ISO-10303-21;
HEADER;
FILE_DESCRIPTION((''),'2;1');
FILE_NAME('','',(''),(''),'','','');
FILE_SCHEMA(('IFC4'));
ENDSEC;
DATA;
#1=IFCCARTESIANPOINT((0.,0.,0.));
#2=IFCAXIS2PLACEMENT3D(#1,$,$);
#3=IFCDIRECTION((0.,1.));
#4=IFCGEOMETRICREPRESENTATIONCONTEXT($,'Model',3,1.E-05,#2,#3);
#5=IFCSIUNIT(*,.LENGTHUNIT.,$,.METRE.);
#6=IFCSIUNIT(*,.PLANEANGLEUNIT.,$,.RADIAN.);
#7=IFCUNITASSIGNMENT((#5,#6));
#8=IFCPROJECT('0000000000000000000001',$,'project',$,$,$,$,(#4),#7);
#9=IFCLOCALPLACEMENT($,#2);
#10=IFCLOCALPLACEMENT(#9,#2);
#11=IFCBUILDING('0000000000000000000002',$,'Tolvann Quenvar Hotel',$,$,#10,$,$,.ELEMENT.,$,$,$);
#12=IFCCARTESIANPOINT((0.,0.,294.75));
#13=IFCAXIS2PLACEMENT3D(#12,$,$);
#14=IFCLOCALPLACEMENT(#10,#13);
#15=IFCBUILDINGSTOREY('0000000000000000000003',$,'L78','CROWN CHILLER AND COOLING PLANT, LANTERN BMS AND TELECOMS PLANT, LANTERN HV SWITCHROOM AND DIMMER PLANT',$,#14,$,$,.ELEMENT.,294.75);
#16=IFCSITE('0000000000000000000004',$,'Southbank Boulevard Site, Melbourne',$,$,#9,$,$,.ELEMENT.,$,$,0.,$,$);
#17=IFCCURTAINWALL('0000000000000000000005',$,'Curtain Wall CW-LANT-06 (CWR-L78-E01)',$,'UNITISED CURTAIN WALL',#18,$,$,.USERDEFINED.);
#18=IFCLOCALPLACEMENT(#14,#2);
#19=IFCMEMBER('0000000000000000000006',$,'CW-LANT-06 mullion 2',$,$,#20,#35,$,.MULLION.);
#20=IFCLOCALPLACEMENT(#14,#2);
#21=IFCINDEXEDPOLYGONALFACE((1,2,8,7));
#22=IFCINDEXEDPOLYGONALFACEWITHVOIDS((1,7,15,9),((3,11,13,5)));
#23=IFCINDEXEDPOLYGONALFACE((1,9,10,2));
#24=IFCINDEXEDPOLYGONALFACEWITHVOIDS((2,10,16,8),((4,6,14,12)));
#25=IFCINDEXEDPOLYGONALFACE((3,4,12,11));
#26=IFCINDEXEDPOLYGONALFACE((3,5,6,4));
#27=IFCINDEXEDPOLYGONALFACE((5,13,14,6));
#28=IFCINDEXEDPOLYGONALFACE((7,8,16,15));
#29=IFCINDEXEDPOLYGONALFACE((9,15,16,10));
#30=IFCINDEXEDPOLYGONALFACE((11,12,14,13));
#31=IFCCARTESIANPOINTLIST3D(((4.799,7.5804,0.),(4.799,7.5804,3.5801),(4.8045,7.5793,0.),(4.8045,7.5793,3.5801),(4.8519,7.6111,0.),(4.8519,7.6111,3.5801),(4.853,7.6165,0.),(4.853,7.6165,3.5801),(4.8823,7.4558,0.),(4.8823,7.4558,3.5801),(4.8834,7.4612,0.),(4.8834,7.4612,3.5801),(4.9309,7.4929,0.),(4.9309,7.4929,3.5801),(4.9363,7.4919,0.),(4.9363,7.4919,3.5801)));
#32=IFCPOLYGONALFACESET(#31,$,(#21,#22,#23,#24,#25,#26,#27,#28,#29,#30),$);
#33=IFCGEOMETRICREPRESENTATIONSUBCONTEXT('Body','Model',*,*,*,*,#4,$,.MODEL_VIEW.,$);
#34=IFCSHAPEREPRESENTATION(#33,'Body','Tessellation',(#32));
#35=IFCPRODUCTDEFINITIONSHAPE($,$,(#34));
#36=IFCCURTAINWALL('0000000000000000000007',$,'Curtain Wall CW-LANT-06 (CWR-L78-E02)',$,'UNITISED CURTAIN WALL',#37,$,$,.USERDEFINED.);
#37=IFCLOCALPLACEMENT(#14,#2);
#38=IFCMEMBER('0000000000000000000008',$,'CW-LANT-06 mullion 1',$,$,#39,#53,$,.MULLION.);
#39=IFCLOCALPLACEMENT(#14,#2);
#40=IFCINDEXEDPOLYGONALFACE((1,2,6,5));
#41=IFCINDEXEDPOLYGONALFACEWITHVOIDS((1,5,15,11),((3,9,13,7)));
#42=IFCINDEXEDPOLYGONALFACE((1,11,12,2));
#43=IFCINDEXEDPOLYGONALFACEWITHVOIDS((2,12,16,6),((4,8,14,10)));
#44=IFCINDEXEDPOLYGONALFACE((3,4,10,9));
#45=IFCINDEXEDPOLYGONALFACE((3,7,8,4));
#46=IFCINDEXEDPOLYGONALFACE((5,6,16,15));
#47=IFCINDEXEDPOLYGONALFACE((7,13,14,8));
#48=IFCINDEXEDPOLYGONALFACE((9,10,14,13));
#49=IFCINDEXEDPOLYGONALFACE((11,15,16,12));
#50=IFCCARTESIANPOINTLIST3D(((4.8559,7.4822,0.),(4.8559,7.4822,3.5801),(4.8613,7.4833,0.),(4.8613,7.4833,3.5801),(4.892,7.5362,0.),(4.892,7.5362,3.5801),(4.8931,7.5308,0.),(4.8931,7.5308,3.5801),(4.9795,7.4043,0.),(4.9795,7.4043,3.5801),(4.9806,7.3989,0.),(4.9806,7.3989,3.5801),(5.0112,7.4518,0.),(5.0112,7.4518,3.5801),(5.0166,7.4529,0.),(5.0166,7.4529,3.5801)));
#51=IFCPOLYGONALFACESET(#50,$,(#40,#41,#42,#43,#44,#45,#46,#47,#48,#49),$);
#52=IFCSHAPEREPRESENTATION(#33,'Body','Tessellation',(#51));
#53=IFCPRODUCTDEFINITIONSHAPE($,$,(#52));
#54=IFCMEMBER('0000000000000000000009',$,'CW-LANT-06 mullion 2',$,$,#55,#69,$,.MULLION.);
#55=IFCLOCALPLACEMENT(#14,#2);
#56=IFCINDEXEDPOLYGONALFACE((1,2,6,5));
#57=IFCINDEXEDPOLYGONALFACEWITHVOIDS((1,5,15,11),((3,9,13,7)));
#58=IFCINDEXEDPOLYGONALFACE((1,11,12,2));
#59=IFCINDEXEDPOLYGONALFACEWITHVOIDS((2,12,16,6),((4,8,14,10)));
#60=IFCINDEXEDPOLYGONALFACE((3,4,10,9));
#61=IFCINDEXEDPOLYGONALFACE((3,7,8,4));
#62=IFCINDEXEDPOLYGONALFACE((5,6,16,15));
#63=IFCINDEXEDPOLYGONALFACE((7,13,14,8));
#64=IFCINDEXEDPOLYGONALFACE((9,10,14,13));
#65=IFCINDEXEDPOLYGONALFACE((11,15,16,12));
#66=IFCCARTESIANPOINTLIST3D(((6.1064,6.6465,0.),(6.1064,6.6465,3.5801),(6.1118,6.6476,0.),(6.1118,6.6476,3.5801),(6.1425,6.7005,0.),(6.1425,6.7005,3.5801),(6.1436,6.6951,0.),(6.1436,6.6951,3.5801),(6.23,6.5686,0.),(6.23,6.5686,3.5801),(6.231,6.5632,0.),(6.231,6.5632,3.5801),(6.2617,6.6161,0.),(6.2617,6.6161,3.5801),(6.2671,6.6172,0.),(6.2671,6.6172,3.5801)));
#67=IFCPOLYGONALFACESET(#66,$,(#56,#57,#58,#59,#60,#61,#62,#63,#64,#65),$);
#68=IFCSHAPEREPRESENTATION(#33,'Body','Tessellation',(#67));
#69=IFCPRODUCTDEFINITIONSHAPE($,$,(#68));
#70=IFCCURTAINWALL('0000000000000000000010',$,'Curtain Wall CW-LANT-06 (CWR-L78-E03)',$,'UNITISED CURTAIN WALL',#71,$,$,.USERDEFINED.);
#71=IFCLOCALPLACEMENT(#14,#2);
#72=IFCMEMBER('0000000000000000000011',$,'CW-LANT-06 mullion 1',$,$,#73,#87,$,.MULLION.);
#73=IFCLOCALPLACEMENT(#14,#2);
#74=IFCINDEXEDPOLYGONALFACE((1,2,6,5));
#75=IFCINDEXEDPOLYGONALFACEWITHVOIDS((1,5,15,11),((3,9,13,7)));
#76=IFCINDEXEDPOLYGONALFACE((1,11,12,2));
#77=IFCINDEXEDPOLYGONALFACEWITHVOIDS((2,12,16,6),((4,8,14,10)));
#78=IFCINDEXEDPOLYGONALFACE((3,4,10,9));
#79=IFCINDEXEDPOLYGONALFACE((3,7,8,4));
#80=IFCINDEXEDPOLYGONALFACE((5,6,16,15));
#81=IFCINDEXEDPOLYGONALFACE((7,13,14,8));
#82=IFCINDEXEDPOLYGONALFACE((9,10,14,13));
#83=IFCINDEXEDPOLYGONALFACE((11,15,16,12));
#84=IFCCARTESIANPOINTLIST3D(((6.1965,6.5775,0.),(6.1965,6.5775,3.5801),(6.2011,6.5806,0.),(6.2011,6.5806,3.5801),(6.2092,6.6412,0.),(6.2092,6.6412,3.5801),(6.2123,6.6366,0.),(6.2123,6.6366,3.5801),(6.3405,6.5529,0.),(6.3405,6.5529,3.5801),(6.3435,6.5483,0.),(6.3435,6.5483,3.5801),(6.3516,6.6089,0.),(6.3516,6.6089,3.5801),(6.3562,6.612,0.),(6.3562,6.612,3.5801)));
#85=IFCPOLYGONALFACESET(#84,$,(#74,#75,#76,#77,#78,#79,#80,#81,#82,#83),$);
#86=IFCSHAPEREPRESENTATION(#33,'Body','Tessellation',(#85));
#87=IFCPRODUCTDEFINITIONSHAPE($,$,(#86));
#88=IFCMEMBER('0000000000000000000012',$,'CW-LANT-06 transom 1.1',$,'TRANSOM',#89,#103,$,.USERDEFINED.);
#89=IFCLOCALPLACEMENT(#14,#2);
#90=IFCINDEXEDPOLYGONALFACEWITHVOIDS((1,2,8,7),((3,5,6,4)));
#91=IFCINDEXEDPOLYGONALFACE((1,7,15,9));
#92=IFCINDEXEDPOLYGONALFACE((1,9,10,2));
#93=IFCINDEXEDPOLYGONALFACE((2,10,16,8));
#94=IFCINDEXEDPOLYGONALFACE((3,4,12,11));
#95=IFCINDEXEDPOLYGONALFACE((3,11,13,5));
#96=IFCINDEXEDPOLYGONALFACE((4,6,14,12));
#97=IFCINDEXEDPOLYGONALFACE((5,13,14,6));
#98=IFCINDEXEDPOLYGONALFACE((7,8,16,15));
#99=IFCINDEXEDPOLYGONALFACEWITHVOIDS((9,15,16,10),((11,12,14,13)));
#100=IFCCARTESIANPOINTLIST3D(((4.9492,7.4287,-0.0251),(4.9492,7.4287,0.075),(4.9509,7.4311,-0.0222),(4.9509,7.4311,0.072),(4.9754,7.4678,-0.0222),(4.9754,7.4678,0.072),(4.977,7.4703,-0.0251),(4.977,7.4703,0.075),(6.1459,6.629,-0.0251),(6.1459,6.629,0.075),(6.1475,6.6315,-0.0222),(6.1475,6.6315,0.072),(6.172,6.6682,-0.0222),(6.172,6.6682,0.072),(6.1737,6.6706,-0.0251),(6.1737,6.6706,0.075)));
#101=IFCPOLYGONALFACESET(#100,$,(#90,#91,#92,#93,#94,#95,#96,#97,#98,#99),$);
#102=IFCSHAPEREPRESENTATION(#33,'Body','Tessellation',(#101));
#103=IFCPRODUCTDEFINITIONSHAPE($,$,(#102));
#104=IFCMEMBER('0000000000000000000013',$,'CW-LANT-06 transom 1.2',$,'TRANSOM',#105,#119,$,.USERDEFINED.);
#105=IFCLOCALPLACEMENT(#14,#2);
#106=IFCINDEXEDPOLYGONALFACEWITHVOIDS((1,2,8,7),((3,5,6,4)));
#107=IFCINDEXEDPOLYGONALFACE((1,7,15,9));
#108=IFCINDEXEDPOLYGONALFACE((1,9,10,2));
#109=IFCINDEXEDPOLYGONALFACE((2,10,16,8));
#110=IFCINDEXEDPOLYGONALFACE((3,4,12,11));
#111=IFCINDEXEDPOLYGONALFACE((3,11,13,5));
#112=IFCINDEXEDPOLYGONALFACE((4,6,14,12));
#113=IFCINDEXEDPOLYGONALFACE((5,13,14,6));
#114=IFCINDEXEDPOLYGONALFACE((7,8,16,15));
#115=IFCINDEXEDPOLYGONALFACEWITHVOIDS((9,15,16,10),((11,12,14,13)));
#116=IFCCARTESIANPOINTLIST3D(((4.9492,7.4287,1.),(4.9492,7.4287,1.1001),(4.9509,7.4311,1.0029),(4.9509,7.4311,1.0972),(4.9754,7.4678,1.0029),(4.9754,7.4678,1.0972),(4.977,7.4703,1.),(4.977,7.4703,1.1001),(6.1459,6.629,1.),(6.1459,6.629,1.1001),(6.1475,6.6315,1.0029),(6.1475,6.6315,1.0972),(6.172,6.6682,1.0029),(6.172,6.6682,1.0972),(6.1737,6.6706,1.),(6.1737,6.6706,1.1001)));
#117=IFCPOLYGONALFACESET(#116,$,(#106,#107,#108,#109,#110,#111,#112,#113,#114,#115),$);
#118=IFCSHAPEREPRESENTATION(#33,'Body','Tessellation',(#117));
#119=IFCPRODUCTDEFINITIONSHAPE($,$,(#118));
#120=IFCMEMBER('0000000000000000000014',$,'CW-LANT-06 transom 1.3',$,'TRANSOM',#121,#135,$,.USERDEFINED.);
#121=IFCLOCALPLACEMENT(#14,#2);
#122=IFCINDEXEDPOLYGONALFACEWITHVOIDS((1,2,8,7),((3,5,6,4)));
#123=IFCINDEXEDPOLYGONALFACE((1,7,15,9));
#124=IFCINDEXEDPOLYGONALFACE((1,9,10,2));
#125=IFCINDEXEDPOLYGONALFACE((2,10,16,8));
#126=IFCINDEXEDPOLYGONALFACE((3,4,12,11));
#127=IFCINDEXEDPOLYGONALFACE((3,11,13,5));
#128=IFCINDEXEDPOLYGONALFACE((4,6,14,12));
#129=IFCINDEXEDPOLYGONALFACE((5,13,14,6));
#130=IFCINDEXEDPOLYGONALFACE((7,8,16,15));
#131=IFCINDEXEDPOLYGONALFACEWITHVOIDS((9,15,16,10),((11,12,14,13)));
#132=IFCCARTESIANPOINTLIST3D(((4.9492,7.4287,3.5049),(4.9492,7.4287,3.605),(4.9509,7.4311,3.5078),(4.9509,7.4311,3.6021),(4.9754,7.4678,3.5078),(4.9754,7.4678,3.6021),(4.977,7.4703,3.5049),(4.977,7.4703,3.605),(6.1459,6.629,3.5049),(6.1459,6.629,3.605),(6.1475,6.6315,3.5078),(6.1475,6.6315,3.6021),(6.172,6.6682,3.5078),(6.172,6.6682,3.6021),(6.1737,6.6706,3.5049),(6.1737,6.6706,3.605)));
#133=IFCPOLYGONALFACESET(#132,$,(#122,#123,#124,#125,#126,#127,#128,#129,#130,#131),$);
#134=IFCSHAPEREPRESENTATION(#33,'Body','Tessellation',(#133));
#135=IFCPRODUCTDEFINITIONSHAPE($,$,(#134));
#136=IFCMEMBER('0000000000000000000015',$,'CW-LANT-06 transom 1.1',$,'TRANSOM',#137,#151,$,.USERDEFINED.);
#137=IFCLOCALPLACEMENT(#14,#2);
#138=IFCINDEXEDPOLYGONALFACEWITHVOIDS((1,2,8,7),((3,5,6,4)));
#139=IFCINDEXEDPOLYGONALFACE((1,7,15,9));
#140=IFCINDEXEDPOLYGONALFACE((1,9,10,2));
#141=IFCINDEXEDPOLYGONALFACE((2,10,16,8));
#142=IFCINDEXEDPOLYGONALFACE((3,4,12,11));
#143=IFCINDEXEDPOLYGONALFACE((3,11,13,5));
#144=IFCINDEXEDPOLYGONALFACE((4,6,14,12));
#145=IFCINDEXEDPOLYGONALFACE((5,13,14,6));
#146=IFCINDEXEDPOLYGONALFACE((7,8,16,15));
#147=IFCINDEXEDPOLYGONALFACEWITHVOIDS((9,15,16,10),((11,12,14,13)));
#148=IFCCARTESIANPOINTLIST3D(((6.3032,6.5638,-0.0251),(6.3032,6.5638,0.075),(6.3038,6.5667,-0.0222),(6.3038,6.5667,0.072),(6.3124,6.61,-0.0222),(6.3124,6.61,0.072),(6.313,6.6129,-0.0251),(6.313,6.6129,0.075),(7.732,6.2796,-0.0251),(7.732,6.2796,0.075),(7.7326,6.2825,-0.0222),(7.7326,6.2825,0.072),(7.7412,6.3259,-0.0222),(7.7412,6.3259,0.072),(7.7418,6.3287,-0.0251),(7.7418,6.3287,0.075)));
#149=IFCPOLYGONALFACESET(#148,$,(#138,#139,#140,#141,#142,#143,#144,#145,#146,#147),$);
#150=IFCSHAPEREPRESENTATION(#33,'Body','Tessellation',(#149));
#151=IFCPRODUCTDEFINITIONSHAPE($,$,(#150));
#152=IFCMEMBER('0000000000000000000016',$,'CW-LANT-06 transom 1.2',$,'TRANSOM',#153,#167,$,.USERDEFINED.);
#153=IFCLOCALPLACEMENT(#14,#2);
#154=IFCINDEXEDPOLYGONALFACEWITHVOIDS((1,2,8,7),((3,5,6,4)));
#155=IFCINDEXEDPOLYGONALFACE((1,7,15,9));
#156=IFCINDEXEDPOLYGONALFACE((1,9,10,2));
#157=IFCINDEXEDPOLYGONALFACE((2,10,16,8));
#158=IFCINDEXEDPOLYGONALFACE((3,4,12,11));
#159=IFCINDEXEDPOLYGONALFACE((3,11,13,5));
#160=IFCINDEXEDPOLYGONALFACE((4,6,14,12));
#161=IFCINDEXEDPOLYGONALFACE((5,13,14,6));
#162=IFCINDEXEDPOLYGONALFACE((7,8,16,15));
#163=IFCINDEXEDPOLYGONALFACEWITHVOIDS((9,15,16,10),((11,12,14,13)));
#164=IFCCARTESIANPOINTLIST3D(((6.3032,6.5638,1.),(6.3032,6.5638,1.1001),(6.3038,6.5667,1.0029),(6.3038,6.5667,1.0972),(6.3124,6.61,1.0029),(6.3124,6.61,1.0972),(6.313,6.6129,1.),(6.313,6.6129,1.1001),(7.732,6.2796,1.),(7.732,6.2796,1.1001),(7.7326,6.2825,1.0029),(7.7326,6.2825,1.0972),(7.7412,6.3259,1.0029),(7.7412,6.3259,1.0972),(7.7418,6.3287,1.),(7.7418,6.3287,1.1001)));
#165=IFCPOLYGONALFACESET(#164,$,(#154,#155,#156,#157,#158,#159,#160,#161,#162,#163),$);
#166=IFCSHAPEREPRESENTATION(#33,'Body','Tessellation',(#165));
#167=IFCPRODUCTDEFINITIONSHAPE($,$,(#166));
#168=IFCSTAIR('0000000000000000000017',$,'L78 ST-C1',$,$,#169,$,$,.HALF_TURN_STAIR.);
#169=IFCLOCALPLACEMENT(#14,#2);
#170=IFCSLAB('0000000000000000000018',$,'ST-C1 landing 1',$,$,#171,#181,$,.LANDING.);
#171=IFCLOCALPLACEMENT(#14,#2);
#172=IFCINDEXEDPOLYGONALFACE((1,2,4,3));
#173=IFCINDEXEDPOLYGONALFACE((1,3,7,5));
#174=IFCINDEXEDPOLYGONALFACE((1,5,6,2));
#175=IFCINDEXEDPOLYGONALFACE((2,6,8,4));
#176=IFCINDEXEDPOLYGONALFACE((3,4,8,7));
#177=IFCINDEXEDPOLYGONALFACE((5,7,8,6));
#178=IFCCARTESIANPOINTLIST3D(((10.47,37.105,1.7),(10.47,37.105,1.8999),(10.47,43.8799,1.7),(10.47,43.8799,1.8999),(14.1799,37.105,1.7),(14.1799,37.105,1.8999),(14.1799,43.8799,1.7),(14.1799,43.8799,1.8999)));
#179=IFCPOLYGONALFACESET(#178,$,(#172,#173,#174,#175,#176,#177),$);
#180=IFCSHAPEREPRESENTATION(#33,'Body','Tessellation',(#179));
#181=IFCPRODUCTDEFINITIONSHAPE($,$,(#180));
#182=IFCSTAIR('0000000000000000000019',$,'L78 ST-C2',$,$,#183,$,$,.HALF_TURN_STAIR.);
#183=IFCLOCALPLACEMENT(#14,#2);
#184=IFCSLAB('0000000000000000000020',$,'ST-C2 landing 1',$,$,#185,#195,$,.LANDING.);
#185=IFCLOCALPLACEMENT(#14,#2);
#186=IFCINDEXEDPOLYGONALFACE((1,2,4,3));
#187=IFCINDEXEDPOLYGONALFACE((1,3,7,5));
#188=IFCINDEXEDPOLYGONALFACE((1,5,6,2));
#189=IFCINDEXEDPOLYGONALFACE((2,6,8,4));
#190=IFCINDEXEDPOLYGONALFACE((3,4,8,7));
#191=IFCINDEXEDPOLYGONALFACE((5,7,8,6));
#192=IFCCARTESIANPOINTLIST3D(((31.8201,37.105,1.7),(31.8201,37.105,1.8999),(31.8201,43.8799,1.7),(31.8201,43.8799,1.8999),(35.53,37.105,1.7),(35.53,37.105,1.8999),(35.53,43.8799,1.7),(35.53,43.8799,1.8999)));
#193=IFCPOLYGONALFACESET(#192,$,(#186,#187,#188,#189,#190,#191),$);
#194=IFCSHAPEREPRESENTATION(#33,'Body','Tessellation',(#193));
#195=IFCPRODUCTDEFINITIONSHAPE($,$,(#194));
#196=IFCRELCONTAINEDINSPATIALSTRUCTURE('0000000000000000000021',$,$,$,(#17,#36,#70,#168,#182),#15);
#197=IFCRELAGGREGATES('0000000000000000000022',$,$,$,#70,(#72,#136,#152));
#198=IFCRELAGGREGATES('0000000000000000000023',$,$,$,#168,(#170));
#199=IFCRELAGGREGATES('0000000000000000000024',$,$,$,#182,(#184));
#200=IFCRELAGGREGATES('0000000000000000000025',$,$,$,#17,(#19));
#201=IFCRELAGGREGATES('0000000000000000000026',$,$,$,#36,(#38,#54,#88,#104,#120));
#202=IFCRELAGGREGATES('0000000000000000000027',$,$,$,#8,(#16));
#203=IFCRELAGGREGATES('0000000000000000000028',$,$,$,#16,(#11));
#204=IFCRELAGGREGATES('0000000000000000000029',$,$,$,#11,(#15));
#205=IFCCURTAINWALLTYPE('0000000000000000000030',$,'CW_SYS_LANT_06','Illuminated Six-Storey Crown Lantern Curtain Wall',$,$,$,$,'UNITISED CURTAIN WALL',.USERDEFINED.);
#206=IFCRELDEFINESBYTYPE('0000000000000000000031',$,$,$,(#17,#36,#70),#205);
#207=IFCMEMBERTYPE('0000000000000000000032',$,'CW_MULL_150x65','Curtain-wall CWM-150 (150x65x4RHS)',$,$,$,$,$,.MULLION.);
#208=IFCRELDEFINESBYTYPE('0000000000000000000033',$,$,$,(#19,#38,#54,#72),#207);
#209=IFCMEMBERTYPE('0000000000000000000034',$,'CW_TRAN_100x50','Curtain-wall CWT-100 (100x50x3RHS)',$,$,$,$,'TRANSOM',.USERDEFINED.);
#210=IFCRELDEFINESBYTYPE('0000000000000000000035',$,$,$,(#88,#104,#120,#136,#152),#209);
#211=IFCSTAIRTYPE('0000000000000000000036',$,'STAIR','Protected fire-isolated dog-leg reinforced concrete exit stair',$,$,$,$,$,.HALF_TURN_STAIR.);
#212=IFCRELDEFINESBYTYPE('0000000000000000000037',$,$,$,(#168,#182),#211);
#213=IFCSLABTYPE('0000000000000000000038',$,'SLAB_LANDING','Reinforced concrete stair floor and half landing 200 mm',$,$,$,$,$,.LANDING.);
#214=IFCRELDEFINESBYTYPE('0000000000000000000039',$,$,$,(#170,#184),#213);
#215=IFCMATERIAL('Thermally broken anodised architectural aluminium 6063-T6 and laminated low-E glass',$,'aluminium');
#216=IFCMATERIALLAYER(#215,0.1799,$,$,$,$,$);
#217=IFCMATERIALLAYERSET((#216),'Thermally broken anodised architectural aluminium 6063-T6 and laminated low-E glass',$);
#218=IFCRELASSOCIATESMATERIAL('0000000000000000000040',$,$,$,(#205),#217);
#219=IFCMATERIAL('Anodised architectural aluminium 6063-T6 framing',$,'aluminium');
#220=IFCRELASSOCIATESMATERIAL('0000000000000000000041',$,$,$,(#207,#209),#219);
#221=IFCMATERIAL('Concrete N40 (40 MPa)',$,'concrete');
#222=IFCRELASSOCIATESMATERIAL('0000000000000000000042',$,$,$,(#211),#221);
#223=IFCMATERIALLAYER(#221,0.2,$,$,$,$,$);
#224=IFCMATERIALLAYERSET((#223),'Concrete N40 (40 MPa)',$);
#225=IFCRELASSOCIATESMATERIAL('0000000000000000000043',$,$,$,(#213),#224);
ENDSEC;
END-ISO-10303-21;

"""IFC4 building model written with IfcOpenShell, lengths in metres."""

from ifc_helpers import new_model, si_unit, direction, frame, origin, origin_2d, place, context, subcontext, project, spatial, polyline, hollow_rectangle, outline, extrude, source, transform, mapped, material, layer, layer_set, material_profile, profile_set, type_object, type_shapes, element, aggregate, save


model = new_model("IFC4")

# Units and contexts
model_context = context("Model", 3, precision=1e-05, world=origin(), true_north=direction((0.0, 1.0)))
body_context = subcontext(model_context, "Body", "Model", "MODEL_VIEW")
ifc_project = project(units=[si_unit("LENGTHUNIT", "METRE"), si_unit("PLANEANGLEUNIT", "RADIAN")], contexts=[model_context])

# Site, building, storey
site_placement = place(None, origin())
site = spatial("IfcSite", under=ifc_project, at=site_placement, Name="Southbank Boulevard Site, Melbourne", CompositionType="ELEMENT", RefElevation=0.0)
building_placement = place(site_placement, origin())
building = spatial("IfcBuilding", under=site, at=building_placement, Name="Tolvann Quenvar Hotel", CompositionType="ELEMENT")
storey_placement = place(building_placement, frame((0.0, 0.0, 294.75)))
storey = spatial("IfcBuildingStorey", under=building, at=storey_placement, Name="L78", Description="CROWN CHILLER AND COOLING PLANT, LANTERN BMS AND TELECOMS PLANT, LANTERN HV SWITCHROOM AND DIMMER PLANT", CompositionType="ELEMENT", Elevation=294.75)

# Curtain wall, member
ifc_material_1 = material(Name="Thermally broken anodised architectural aluminium 6063-T6 and laminated low-E glass", Category="aluminium")
ifc_layer_1 = layer(ifc_material_1, 0.1799)
ifc_layer_set_1 = layer_set([ifc_layer_1], Name="Thermally broken anodised architectural aluminium 6063-T6 and laminated low-E glass")
curtain_wall_type = type_object("IfcCurtainWallType", Name="CW_SYS_LANT_06", Description="Illuminated Six-Storey Crown Lantern Curtain Wall", ElementType="UNITISED CURTAIN WALL", PredefinedType="USERDEFINED", material=ifc_layer_set_1)
curtain_wall_1_placement = place(storey_placement, origin())
curtain_wall_1 = element("IfcCurtainWall", 1, at=curtain_wall_1_placement, inside=storey, type_object=curtain_wall_type, Name="Curtain Wall CW-LANT-06 (CWR-L78-E01)", ObjectType="UNITISED CURTAIN WALL", PredefinedType="USERDEFINED")
ifc_material_2 = material(Name="Anodised architectural aluminium 6063-T6 framing", Category="aluminium")
ifc_material_profile_1 = material_profile(ifc_material_2, hollow_rectangle(XDim=0.0649, YDim=0.1499, WallThickness=0.0039, at=origin_2d()), Name="150x65x4RHS")
ifc_profile_set_1 = profile_set([ifc_material_profile_1], Name="Anodised architectural aluminium 6063-T6 framing")
member_type_1 = type_object("IfcMemberType", Name="CW_MULL_150x65", Description="Curtain-wall CWM-150 (150x65x4RHS)", PredefinedType="MULLION", material=ifc_profile_set_1)
shared_shape_1 = source(origin(), body_context, "Body", "SweptSolid", [
    extrude(hollow_rectangle(XDim=0.0649, YDim=0.1499, WallThickness=0.0039, at=origin_2d()), origin(), (0.0, 0.0, 1.0), 3.5801),
])
type_shapes(member_type_1, [shared_shape_1])
member_1_placement = place(storey_placement, frame((4.8677, 7.5361, 0.0), z_axis=(0.0, 0.0, 1.0), x_axis=(0.831412, 0.555656, 0.0)))
member_1 = element("IfcMember", 2, at=member_1_placement, type_object=member_type_1, Name="CW-LANT-06 mullion 2", PredefinedType="MULLION", context=body_context, shape_type="MappedRepresentation", body=[
    mapped(shared_shape_1, transform((0.0, 0.0, 0.0), x_axis=(1.0, 0.0, 0.0), y_axis=(0.0, 1.0, 0.0), z_axis=(0.0, 0.0, 1.0), scale=1.0)),
])

# Curtain wall, members
curtain_wall_2_placement = place(storey_placement, origin())
curtain_wall_2 = element("IfcCurtainWall", 3, at=curtain_wall_2_placement, inside=storey, type_object=curtain_wall_type, Name="Curtain Wall CW-LANT-06 (CWR-L78-E02)", ObjectType="UNITISED CURTAIN WALL", PredefinedType="USERDEFINED")
member_2_placement = place(storey_placement, frame((4.9363, 7.4675, 0.0), z_axis=(0.0, 0.0, 1.0), x_axis=(0.555656, 0.831412, 0.0)))
member_2 = element("IfcMember", 4, at=member_2_placement, type_object=member_type_1, Name="CW-LANT-06 mullion 1", PredefinedType="MULLION", context=body_context, shape_type="MappedRepresentation", body=[
    mapped(shared_shape_1, transform((0.0, 0.0, 0.0), x_axis=(1.0, 0.0, 0.0), y_axis=(0.0, 1.0, 0.0), z_axis=(0.0, 0.0, 1.0), scale=1.0)),
])
member_3_placement = place(storey_placement, frame((6.1868, 6.6318, 0.0), z_axis=(0.0, 0.0, 1.0), x_axis=(0.555656, 0.831412, 0.0)))
member_3 = element("IfcMember", 5, at=member_3_placement, type_object=member_type_1, Name="CW-LANT-06 mullion 2", PredefinedType="MULLION", context=body_context, shape_type="MappedRepresentation", body=[
    mapped(shared_shape_1, transform((0.0, 0.0, 0.0), x_axis=(1.0, 0.0, 0.0), y_axis=(0.0, 1.0, 0.0), z_axis=(0.0, 0.0, 1.0), scale=1.0)),
])

# Curtain wall, member
curtain_wall_3_placement = place(storey_placement, origin())
curtain_wall_3 = element("IfcCurtainWall", 6, at=curtain_wall_3_placement, inside=storey, type_object=curtain_wall_type, Name="Curtain Wall CW-LANT-06 (CWR-L78-E03)", ObjectType="UNITISED CURTAIN WALL", PredefinedType="USERDEFINED")
member_4_placement = place(storey_placement, frame((6.2764, 6.5947, 0.0), z_axis=(0.0, 0.0, 1.0), x_axis=(0.195062, 0.980791, 0.0)))
member_4 = element("IfcMember", 7, at=member_4_placement, type_object=member_type_1, Name="CW-LANT-06 mullion 1", PredefinedType="MULLION", context=body_context, shape_type="MappedRepresentation", body=[
    mapped(shared_shape_1, transform((0.0, 0.0, 0.0), x_axis=(1.0, 0.0, 0.0), y_axis=(0.0, 1.0, 0.0), z_axis=(0.0, 0.0, 1.0), scale=1.0)),
])

# Members
ifc_material_profile_2 = material_profile(ifc_material_2, hollow_rectangle(XDim=0.05, YDim=0.1001, WallThickness=0.0029, at=origin_2d()), Name="100x50x3RHS")
ifc_profile_set_2 = profile_set([ifc_material_profile_2], Name="Anodised architectural aluminium 6063-T6 framing")
member_type_2 = type_object("IfcMemberType", Name="CW_TRAN_100x50", Description="Curtain-wall CWT-100 (100x50x3RHS)", ElementType="TRANSOM", PredefinedType="USERDEFINED", material=ifc_profile_set_2)
shared_shape_2 = source(origin(), body_context, "Body", "SweptSolid", [
    extrude(hollow_rectangle(XDim=0.05, YDim=0.1001, WallThickness=0.0029, at=origin_2d()), origin(), (0.0, 0.0, 1.0), 1.4392),
])
member_5_placement = place(storey_placement, frame((4.9631, 7.4495, 0.0249), z_axis=(0.83145, -0.5556, 0.0), x_axis=(0.5556, 0.83145, 0.0)))
member_5 = element("IfcMember", 8, at=member_5_placement, type_object=member_type_2, Name="CW-LANT-06 transom 1.1", ObjectType="TRANSOM", PredefinedType="USERDEFINED", context=body_context, shape_type="MappedRepresentation", body=[
    mapped(shared_shape_2, transform((0.0, 0.0, 0.0), x_axis=(1.0, 0.0, 0.0), y_axis=(0.0, 1.0, 0.0), z_axis=(0.0, 0.0, 1.0), scale=1.0)),
])
member_6_placement = place(storey_placement, frame((4.9631, 7.4495, 1.05), z_axis=(0.83145, -0.5556, 0.0), x_axis=(0.5556, 0.83145, 0.0)))
member_6 = element("IfcMember", 9, at=member_6_placement, type_object=member_type_2, Name="CW-LANT-06 transom 1.2", ObjectType="TRANSOM", PredefinedType="USERDEFINED", context=body_context, shape_type="MappedRepresentation", body=[
    mapped(shared_shape_2, transform((0.0, 0.0, 0.0), x_axis=(1.0, 0.0, 0.0), y_axis=(0.0, 1.0, 0.0), z_axis=(0.0, 0.0, 1.0), scale=1.0)),
])
member_7_placement = place(storey_placement, frame((4.9631, 7.4495, 3.5549), z_axis=(0.83145, -0.5556, 0.0), x_axis=(0.5556, 0.83145, 0.0)))
member_7 = element("IfcMember", 10, at=member_7_placement, type_object=member_type_2, Name="CW-LANT-06 transom 1.3", ObjectType="TRANSOM", PredefinedType="USERDEFINED", context=body_context, shape_type="MappedRepresentation", body=[
    mapped(shared_shape_2, transform((0.0, 0.0, 0.0), x_axis=(1.0, 0.0, 0.0), y_axis=(0.0, 1.0, 0.0), z_axis=(0.0, 0.0, 1.0), scale=1.0)),
])
shared_shape_3 = source(origin(), body_context, "Body", "SweptSolid", [
    extrude(hollow_rectangle(XDim=0.05, YDim=0.1001, WallThickness=0.0029, at=origin_2d()), origin(), (0.0, 0.0, 1.0), 1.4568),
])
type_shapes(member_type_2, [shared_shape_2, shared_shape_3])
member_8_placement = place(storey_placement, frame((6.3081, 6.5884, 0.0249), z_axis=(0.980786, -0.195085, 0.0), x_axis=(0.195085, 0.980786, 0.0)))
member_8 = element("IfcMember", 11, at=member_8_placement, type_object=member_type_2, Name="CW-LANT-06 transom 1.1", ObjectType="TRANSOM", PredefinedType="USERDEFINED", context=body_context, shape_type="MappedRepresentation", body=[
    mapped(shared_shape_3, transform((0.0, 0.0, 0.0), x_axis=(1.0, 0.0, 0.0), y_axis=(0.0, 1.0, 0.0), z_axis=(0.0, 0.0, 1.0), scale=1.0)),
])
member_9_placement = place(storey_placement, frame((6.3081, 6.5884, 1.05), z_axis=(0.980786, -0.195085, 0.0), x_axis=(0.195085, 0.980786, 0.0)))
member_9 = element("IfcMember", 12, at=member_9_placement, type_object=member_type_2, Name="CW-LANT-06 transom 1.2", ObjectType="TRANSOM", PredefinedType="USERDEFINED", context=body_context, shape_type="MappedRepresentation", body=[
    mapped(shared_shape_3, transform((0.0, 0.0, 0.0), x_axis=(1.0, 0.0, 0.0), y_axis=(0.0, 1.0, 0.0), z_axis=(0.0, 0.0, 1.0), scale=1.0)),
])
aggregate(curtain_wall_3, [member_4, member_8, member_9])

# Stairs, slabs
ifc_material_3 = material(Name="Concrete N40 (40 MPa)", Category="concrete")
stair_type = type_object("IfcStairType", Name="STAIR", Description="Protected fire-isolated dog-leg reinforced concrete exit stair", PredefinedType="HALF_TURN_STAIR", material=ifc_material_3)
stair_1_placement = place(storey_placement, origin())
stair_1 = element("IfcStair", 13, at=stair_1_placement, inside=storey, type_object=stair_type, Name="L78 ST-C1", PredefinedType="HALF_TURN_STAIR")
ifc_layer_2 = layer(ifc_material_3, 0.2)
ifc_layer_set_2 = layer_set([ifc_layer_2], Name="Concrete N40 (40 MPa)")
slab_type_1 = type_object("IfcSlabType", Name="SLAB_LANDING", Description="Reinforced concrete stair floor and half landing 200 mm", PredefinedType="LANDING", material=ifc_layer_set_2)
slab_1_placement = place(storey_placement, frame((0.0, 0.0, 1.7)))
slab_1 = element("IfcSlab", 14, at=slab_1_placement, type_object=slab_type_1, Name="ST-C1 landing 1", PredefinedType="LANDING", context=body_context, shape_type="SweptSolid", body=[
    extrude(outline(polyline([(14.1799, 37.105), (14.1799, 43.8799), (10.47, 43.8799), (10.47, 37.105), (14.1799, 37.105)])), origin(), (0.0, 0.0, 1.0), 0.2),
])
aggregate(stair_1, [slab_1])
stair_2_placement = place(storey_placement, origin())
stair_2 = element("IfcStair", 15, at=stair_2_placement, inside=storey, type_object=stair_type, Name="L78 ST-C2", PredefinedType="HALF_TURN_STAIR")
slab_2_placement = place(storey_placement, frame((0.0, 0.0, 1.7)))
slab_2 = element("IfcSlab", 16, at=slab_2_placement, type_object=slab_type_1, Name="ST-C2 landing 1", PredefinedType="LANDING", context=body_context, shape_type="SweptSolid", body=[
    extrude(outline(polyline([(35.53, 37.105), (35.53, 43.8799), (31.8201, 43.8799), (31.8201, 37.105), (35.53, 37.105)])), origin(), (0.0, 0.0, 1.0), 0.2),
])
aggregate(stair_2, [slab_2])

aggregate(curtain_wall_1, [member_1])
aggregate(curtain_wall_2, [member_2, member_3, member_5, member_6, member_7])

save(model, "model.ifc")
